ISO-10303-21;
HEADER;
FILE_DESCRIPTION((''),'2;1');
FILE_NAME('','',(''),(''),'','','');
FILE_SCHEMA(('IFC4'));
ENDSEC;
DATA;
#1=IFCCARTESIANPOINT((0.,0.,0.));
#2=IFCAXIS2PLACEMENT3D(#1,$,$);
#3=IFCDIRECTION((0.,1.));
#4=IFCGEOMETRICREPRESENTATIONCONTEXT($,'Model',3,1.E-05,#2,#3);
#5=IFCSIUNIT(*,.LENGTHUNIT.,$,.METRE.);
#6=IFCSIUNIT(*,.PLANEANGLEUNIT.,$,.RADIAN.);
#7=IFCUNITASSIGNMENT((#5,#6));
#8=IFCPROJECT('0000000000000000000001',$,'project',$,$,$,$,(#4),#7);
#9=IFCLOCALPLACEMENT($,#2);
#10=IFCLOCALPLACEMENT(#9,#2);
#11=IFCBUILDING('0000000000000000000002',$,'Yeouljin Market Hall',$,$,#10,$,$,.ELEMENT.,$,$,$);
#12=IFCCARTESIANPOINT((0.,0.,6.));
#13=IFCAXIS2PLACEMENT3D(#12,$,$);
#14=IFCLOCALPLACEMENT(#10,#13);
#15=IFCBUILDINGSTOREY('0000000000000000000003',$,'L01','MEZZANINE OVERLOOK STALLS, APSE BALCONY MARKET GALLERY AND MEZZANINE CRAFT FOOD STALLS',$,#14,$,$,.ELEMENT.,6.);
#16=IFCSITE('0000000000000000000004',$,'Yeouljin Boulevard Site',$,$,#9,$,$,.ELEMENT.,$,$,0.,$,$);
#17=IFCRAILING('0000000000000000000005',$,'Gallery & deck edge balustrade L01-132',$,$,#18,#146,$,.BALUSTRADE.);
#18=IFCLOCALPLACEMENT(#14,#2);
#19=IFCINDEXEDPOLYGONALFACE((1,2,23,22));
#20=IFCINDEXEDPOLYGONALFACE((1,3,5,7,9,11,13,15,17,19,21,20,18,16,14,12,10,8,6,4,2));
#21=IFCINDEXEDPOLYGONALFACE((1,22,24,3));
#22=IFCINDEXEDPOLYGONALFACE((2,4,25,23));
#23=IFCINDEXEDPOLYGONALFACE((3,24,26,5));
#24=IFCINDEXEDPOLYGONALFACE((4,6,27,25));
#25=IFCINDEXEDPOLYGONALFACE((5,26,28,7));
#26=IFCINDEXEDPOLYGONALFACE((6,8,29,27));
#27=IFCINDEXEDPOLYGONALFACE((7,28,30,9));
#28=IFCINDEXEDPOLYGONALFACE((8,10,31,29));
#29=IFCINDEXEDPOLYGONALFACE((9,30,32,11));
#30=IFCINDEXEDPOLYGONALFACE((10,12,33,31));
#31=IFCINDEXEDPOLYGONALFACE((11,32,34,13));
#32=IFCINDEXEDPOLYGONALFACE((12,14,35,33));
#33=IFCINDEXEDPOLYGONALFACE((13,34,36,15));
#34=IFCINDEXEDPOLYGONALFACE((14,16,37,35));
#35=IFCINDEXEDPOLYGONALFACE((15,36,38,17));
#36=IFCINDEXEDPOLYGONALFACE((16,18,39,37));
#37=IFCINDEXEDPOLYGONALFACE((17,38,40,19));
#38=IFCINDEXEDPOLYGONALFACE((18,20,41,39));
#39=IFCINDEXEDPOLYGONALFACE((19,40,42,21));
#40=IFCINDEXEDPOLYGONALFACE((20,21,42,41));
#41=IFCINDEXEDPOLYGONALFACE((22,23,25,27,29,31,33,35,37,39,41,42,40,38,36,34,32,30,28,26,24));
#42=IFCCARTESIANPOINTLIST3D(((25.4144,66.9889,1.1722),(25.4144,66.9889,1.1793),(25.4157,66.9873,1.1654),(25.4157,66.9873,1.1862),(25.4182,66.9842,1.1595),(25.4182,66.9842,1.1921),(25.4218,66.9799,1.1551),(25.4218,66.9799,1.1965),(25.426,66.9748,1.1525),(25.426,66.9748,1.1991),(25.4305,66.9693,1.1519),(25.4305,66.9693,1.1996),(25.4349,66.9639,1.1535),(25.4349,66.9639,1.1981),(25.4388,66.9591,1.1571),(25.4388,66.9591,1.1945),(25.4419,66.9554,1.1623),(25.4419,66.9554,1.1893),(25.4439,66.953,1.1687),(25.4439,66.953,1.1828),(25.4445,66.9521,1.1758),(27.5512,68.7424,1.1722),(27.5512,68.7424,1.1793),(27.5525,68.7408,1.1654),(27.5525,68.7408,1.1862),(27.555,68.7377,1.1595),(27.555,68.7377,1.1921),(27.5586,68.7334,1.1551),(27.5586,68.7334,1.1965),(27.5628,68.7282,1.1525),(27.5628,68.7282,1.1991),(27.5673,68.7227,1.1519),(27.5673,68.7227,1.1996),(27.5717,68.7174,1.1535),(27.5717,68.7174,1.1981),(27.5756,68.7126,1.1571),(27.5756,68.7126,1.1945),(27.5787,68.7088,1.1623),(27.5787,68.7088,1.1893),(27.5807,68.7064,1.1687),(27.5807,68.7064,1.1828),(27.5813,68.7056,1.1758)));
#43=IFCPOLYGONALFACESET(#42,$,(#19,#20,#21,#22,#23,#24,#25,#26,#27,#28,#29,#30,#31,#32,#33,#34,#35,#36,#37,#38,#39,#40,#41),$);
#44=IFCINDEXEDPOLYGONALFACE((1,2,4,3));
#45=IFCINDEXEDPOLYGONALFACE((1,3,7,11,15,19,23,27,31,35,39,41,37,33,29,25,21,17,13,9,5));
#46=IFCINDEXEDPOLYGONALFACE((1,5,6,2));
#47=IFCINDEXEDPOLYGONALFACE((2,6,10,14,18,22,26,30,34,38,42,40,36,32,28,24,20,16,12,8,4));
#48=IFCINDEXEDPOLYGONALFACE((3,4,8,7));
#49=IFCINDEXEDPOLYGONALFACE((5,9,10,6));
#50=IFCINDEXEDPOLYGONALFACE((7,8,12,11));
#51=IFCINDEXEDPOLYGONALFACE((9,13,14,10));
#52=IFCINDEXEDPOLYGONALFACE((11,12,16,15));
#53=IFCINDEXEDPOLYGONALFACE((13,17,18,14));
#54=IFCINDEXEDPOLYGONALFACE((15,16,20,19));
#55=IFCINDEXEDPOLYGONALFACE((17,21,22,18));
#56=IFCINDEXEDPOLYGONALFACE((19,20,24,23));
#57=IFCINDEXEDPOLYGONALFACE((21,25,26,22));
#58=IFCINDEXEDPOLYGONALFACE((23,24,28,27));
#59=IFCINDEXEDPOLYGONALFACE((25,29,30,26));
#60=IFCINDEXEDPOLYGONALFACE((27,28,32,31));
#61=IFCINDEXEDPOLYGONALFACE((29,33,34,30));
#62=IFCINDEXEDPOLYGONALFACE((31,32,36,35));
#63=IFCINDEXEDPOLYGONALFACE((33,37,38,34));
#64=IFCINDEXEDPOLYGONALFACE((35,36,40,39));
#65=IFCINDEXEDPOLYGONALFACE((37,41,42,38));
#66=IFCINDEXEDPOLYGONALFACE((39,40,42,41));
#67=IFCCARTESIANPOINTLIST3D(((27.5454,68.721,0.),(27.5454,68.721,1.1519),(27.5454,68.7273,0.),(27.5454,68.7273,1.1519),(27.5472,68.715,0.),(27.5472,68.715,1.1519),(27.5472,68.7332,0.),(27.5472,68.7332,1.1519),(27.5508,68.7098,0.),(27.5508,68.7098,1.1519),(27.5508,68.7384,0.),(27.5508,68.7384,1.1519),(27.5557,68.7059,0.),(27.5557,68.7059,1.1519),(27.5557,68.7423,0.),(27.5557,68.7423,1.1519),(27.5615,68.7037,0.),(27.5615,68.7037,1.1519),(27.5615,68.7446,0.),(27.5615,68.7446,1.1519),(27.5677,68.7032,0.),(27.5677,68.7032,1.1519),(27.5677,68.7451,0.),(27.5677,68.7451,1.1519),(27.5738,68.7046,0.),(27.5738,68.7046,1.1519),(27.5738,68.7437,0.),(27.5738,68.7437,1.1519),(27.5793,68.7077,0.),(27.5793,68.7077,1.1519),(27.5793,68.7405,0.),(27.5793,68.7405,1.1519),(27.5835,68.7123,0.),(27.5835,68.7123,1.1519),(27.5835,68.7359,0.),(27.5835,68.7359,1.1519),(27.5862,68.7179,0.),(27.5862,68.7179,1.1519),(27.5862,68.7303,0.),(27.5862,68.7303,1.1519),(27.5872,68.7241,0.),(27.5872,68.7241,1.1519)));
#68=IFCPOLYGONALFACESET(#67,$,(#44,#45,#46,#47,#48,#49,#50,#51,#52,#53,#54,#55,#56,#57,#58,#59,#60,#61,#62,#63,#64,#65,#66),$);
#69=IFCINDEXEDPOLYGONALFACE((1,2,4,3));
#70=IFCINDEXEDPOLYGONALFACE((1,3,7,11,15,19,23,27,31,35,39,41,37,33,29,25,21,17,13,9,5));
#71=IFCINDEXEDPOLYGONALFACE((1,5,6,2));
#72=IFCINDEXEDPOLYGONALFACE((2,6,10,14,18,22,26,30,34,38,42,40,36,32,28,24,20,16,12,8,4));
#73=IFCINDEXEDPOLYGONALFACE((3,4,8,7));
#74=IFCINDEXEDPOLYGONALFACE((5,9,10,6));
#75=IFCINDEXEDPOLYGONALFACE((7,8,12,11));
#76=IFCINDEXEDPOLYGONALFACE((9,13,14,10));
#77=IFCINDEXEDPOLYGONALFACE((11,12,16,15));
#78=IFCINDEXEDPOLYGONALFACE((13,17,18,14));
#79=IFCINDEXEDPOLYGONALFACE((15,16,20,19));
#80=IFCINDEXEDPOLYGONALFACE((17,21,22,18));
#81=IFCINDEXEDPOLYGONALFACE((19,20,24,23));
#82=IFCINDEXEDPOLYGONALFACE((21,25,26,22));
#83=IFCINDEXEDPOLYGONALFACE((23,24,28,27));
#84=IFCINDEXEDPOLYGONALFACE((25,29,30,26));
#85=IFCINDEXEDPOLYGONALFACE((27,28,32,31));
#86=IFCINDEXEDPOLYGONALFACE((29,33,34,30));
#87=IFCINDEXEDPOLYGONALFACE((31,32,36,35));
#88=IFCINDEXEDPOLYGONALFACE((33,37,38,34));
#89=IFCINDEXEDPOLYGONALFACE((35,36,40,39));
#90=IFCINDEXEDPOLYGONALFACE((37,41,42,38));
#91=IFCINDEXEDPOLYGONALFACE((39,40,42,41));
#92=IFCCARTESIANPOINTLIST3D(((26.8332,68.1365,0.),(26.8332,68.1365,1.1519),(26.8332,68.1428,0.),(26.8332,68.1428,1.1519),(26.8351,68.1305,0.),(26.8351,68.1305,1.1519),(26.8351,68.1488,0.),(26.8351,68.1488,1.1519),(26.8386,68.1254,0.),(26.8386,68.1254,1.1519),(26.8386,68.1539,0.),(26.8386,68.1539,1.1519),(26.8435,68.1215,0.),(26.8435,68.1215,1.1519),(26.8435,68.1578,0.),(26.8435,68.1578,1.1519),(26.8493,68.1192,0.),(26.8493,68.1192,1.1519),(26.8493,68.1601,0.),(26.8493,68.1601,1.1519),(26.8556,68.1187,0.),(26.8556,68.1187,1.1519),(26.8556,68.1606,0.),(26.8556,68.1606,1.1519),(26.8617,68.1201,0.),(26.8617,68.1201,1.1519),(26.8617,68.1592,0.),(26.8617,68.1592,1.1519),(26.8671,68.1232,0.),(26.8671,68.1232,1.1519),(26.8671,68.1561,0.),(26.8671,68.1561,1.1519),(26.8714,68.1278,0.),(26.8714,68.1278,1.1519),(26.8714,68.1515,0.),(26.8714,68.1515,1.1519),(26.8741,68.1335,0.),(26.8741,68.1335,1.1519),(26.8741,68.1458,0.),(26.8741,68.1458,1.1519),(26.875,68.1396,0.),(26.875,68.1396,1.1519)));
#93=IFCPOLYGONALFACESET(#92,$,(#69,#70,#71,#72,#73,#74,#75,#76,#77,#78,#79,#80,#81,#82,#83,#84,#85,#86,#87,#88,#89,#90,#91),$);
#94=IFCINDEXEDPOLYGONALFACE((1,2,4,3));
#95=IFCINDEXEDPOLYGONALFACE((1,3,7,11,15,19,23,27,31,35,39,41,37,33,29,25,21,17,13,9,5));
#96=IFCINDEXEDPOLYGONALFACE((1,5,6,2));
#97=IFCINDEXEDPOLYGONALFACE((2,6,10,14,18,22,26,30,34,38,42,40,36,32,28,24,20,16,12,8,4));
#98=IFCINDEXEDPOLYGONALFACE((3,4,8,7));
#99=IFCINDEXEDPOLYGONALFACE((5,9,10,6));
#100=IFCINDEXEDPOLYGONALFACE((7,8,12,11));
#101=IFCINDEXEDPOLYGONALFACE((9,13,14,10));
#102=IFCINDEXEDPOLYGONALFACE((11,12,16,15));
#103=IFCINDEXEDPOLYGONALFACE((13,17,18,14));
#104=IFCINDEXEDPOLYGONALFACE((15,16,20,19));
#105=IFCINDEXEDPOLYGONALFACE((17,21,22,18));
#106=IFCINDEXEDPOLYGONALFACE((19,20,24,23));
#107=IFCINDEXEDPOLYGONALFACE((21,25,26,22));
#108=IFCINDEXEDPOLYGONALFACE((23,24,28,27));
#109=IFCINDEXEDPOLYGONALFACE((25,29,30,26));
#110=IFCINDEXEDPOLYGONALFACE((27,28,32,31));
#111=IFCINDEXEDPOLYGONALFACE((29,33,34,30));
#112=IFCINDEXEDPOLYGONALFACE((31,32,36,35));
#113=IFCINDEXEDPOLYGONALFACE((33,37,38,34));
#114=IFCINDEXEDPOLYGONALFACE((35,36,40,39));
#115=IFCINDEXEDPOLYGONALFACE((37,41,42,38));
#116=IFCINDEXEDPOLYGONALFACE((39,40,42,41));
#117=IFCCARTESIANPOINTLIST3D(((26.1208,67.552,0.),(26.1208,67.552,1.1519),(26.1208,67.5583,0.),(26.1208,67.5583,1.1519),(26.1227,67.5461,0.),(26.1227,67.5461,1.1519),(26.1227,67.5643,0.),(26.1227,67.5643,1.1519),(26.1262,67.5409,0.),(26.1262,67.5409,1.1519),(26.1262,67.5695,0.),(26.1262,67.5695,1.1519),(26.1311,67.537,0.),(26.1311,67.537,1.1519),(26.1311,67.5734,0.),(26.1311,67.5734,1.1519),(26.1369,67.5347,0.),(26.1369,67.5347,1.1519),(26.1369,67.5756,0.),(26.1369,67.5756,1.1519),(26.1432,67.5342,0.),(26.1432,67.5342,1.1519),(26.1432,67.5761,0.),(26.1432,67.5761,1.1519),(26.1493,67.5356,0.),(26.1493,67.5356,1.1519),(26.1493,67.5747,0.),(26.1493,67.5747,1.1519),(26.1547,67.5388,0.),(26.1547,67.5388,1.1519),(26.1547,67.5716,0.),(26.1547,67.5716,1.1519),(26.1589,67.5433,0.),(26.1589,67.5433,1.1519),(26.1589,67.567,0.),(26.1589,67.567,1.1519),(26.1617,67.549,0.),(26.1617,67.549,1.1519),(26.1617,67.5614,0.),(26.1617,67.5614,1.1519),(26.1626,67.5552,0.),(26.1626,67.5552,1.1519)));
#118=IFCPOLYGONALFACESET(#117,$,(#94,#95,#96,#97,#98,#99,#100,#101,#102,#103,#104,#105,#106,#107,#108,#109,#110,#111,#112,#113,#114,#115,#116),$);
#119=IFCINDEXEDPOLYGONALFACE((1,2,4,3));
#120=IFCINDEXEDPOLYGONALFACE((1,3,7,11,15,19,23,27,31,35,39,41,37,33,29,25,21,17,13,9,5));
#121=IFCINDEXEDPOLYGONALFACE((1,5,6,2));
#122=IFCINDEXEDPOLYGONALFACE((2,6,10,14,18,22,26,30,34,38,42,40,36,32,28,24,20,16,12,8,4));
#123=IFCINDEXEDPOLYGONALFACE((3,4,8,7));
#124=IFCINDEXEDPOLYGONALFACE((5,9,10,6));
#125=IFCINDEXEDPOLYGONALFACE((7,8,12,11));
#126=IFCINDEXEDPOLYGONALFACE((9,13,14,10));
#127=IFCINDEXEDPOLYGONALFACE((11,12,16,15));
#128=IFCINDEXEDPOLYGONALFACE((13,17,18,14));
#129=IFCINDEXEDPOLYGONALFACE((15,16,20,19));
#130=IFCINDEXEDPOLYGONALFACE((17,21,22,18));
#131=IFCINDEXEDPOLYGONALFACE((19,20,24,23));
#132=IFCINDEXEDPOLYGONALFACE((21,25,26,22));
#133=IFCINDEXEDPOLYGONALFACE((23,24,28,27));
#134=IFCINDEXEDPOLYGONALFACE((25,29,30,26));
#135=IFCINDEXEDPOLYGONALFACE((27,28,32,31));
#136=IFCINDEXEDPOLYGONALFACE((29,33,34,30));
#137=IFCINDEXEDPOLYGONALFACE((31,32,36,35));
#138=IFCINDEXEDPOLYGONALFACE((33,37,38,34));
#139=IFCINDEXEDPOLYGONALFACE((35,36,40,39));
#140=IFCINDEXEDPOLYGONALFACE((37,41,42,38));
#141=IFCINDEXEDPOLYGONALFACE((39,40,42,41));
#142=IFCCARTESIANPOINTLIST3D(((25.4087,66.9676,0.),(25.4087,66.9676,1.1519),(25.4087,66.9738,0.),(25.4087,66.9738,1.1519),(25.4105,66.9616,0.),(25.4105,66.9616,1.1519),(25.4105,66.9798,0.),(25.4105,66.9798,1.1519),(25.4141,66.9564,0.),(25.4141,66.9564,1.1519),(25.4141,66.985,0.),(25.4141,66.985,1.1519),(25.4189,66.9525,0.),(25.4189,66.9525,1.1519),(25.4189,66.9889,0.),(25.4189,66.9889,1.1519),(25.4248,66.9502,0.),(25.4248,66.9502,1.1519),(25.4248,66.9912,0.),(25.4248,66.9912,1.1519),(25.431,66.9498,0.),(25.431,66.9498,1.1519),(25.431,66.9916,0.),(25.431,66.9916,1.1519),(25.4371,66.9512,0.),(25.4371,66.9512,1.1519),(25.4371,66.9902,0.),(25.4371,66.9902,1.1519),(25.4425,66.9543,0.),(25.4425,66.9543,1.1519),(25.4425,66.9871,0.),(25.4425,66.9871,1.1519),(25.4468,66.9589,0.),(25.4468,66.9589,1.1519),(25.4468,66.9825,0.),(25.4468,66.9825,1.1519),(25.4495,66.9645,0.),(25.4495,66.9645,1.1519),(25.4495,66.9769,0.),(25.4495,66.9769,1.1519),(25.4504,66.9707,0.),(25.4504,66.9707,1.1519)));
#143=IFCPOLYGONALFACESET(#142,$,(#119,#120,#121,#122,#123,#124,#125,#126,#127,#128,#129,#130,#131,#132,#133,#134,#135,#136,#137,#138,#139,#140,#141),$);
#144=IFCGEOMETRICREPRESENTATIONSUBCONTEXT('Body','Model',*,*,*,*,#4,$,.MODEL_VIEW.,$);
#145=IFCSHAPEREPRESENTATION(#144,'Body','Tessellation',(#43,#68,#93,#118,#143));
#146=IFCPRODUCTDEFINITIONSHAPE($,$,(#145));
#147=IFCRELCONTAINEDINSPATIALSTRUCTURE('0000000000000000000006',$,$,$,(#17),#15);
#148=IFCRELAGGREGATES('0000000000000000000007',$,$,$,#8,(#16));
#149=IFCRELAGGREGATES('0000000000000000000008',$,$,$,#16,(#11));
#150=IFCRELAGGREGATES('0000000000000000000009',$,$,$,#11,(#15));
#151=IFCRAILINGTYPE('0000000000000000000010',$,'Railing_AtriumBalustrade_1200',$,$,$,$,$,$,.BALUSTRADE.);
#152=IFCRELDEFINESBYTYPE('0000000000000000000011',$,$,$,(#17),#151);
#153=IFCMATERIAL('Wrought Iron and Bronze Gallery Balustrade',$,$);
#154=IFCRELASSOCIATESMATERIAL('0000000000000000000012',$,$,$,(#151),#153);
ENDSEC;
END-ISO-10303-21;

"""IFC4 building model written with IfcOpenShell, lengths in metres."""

from ifc_helpers import new_model, si_unit, direction, frame, origin, origin_2d, place, context, subcontext, project, spatial, circle, extrude, material, type_object, element, save


model = new_model("IFC4")

# Units and contexts
model_context = context("Model", 3, precision=1e-05, world=origin(), true_north=direction((0.0, 1.0)))
body_context = subcontext(model_context, "Body", "Model", "MODEL_VIEW")
ifc_project = project(units=[si_unit("LENGTHUNIT", "METRE"), si_unit("PLANEANGLEUNIT", "RADIAN")], contexts=[model_context])

# Site, building, storey
site_placement = place(None, origin())
site = spatial("IfcSite", under=ifc_project, at=site_placement, Name="Yeouljin Boulevard Site", CompositionType="ELEMENT", RefElevation=0.0)
building_placement = place(site_placement, origin())
building = spatial("IfcBuilding", under=site, at=building_placement, Name="Yeouljin Market Hall", CompositionType="ELEMENT")
storey_placement = place(building_placement, frame((0.0, 0.0, 6.0)))
storey = spatial("IfcBuildingStorey", under=building, at=storey_placement, Name="L01", Description="MEZZANINE OVERLOOK STALLS, APSE BALCONY MARKET GALLERY AND MEZZANINE CRAFT FOOD STALLS", CompositionType="ELEMENT", Elevation=6.0)

# Railing
ifc_material_1 = material(Name="Wrought Iron and Bronze Gallery Balustrade")
railing_type = type_object("IfcRailingType", Name="Railing_AtriumBalustrade_1200", PredefinedType="BALUSTRADE", material=ifc_material_1)
railing_1_placement = place(storey_placement, frame((27.5662, 68.7241, 0.0)))
element("IfcRailing", 1, at=railing_1_placement, inside=storey, type_object=railing_type, Name="Gallery & deck edge balustrade L01-132", PredefinedType="BALUSTRADE", context=body_context, shape_type="SweptSolid", body=[
    extrude(circle(Radius=0.0239, at=origin_2d()), frame((0.0, 0.0, 1.1758), z_axis=(-0.773036, -0.634363, 0.0), x_axis=(0.634363, -0.773036, 0.0)), (0.0, 0.0, 1.0), 2.7642),
    extrude(circle(Radius=0.021, at=origin_2d()), origin(), (0.0, 0.0, 1.0), 1.1519),
    extrude(circle(Radius=0.021, at=origin_2d()), frame((-0.7122, -0.5845, 0.0)), (0.0, 0.0, 1.0), 1.1519),
    extrude(circle(Radius=0.021, at=origin_2d()), frame((-1.4246, -1.1689, 0.0)), (0.0, 0.0, 1.0), 1.1519),
    extrude(circle(Radius=0.021, at=origin_2d()), frame((-2.1367, -1.7534, 0.0)), (0.0, 0.0, 1.0), 1.1519),
])

save(model, "model.ifc")
